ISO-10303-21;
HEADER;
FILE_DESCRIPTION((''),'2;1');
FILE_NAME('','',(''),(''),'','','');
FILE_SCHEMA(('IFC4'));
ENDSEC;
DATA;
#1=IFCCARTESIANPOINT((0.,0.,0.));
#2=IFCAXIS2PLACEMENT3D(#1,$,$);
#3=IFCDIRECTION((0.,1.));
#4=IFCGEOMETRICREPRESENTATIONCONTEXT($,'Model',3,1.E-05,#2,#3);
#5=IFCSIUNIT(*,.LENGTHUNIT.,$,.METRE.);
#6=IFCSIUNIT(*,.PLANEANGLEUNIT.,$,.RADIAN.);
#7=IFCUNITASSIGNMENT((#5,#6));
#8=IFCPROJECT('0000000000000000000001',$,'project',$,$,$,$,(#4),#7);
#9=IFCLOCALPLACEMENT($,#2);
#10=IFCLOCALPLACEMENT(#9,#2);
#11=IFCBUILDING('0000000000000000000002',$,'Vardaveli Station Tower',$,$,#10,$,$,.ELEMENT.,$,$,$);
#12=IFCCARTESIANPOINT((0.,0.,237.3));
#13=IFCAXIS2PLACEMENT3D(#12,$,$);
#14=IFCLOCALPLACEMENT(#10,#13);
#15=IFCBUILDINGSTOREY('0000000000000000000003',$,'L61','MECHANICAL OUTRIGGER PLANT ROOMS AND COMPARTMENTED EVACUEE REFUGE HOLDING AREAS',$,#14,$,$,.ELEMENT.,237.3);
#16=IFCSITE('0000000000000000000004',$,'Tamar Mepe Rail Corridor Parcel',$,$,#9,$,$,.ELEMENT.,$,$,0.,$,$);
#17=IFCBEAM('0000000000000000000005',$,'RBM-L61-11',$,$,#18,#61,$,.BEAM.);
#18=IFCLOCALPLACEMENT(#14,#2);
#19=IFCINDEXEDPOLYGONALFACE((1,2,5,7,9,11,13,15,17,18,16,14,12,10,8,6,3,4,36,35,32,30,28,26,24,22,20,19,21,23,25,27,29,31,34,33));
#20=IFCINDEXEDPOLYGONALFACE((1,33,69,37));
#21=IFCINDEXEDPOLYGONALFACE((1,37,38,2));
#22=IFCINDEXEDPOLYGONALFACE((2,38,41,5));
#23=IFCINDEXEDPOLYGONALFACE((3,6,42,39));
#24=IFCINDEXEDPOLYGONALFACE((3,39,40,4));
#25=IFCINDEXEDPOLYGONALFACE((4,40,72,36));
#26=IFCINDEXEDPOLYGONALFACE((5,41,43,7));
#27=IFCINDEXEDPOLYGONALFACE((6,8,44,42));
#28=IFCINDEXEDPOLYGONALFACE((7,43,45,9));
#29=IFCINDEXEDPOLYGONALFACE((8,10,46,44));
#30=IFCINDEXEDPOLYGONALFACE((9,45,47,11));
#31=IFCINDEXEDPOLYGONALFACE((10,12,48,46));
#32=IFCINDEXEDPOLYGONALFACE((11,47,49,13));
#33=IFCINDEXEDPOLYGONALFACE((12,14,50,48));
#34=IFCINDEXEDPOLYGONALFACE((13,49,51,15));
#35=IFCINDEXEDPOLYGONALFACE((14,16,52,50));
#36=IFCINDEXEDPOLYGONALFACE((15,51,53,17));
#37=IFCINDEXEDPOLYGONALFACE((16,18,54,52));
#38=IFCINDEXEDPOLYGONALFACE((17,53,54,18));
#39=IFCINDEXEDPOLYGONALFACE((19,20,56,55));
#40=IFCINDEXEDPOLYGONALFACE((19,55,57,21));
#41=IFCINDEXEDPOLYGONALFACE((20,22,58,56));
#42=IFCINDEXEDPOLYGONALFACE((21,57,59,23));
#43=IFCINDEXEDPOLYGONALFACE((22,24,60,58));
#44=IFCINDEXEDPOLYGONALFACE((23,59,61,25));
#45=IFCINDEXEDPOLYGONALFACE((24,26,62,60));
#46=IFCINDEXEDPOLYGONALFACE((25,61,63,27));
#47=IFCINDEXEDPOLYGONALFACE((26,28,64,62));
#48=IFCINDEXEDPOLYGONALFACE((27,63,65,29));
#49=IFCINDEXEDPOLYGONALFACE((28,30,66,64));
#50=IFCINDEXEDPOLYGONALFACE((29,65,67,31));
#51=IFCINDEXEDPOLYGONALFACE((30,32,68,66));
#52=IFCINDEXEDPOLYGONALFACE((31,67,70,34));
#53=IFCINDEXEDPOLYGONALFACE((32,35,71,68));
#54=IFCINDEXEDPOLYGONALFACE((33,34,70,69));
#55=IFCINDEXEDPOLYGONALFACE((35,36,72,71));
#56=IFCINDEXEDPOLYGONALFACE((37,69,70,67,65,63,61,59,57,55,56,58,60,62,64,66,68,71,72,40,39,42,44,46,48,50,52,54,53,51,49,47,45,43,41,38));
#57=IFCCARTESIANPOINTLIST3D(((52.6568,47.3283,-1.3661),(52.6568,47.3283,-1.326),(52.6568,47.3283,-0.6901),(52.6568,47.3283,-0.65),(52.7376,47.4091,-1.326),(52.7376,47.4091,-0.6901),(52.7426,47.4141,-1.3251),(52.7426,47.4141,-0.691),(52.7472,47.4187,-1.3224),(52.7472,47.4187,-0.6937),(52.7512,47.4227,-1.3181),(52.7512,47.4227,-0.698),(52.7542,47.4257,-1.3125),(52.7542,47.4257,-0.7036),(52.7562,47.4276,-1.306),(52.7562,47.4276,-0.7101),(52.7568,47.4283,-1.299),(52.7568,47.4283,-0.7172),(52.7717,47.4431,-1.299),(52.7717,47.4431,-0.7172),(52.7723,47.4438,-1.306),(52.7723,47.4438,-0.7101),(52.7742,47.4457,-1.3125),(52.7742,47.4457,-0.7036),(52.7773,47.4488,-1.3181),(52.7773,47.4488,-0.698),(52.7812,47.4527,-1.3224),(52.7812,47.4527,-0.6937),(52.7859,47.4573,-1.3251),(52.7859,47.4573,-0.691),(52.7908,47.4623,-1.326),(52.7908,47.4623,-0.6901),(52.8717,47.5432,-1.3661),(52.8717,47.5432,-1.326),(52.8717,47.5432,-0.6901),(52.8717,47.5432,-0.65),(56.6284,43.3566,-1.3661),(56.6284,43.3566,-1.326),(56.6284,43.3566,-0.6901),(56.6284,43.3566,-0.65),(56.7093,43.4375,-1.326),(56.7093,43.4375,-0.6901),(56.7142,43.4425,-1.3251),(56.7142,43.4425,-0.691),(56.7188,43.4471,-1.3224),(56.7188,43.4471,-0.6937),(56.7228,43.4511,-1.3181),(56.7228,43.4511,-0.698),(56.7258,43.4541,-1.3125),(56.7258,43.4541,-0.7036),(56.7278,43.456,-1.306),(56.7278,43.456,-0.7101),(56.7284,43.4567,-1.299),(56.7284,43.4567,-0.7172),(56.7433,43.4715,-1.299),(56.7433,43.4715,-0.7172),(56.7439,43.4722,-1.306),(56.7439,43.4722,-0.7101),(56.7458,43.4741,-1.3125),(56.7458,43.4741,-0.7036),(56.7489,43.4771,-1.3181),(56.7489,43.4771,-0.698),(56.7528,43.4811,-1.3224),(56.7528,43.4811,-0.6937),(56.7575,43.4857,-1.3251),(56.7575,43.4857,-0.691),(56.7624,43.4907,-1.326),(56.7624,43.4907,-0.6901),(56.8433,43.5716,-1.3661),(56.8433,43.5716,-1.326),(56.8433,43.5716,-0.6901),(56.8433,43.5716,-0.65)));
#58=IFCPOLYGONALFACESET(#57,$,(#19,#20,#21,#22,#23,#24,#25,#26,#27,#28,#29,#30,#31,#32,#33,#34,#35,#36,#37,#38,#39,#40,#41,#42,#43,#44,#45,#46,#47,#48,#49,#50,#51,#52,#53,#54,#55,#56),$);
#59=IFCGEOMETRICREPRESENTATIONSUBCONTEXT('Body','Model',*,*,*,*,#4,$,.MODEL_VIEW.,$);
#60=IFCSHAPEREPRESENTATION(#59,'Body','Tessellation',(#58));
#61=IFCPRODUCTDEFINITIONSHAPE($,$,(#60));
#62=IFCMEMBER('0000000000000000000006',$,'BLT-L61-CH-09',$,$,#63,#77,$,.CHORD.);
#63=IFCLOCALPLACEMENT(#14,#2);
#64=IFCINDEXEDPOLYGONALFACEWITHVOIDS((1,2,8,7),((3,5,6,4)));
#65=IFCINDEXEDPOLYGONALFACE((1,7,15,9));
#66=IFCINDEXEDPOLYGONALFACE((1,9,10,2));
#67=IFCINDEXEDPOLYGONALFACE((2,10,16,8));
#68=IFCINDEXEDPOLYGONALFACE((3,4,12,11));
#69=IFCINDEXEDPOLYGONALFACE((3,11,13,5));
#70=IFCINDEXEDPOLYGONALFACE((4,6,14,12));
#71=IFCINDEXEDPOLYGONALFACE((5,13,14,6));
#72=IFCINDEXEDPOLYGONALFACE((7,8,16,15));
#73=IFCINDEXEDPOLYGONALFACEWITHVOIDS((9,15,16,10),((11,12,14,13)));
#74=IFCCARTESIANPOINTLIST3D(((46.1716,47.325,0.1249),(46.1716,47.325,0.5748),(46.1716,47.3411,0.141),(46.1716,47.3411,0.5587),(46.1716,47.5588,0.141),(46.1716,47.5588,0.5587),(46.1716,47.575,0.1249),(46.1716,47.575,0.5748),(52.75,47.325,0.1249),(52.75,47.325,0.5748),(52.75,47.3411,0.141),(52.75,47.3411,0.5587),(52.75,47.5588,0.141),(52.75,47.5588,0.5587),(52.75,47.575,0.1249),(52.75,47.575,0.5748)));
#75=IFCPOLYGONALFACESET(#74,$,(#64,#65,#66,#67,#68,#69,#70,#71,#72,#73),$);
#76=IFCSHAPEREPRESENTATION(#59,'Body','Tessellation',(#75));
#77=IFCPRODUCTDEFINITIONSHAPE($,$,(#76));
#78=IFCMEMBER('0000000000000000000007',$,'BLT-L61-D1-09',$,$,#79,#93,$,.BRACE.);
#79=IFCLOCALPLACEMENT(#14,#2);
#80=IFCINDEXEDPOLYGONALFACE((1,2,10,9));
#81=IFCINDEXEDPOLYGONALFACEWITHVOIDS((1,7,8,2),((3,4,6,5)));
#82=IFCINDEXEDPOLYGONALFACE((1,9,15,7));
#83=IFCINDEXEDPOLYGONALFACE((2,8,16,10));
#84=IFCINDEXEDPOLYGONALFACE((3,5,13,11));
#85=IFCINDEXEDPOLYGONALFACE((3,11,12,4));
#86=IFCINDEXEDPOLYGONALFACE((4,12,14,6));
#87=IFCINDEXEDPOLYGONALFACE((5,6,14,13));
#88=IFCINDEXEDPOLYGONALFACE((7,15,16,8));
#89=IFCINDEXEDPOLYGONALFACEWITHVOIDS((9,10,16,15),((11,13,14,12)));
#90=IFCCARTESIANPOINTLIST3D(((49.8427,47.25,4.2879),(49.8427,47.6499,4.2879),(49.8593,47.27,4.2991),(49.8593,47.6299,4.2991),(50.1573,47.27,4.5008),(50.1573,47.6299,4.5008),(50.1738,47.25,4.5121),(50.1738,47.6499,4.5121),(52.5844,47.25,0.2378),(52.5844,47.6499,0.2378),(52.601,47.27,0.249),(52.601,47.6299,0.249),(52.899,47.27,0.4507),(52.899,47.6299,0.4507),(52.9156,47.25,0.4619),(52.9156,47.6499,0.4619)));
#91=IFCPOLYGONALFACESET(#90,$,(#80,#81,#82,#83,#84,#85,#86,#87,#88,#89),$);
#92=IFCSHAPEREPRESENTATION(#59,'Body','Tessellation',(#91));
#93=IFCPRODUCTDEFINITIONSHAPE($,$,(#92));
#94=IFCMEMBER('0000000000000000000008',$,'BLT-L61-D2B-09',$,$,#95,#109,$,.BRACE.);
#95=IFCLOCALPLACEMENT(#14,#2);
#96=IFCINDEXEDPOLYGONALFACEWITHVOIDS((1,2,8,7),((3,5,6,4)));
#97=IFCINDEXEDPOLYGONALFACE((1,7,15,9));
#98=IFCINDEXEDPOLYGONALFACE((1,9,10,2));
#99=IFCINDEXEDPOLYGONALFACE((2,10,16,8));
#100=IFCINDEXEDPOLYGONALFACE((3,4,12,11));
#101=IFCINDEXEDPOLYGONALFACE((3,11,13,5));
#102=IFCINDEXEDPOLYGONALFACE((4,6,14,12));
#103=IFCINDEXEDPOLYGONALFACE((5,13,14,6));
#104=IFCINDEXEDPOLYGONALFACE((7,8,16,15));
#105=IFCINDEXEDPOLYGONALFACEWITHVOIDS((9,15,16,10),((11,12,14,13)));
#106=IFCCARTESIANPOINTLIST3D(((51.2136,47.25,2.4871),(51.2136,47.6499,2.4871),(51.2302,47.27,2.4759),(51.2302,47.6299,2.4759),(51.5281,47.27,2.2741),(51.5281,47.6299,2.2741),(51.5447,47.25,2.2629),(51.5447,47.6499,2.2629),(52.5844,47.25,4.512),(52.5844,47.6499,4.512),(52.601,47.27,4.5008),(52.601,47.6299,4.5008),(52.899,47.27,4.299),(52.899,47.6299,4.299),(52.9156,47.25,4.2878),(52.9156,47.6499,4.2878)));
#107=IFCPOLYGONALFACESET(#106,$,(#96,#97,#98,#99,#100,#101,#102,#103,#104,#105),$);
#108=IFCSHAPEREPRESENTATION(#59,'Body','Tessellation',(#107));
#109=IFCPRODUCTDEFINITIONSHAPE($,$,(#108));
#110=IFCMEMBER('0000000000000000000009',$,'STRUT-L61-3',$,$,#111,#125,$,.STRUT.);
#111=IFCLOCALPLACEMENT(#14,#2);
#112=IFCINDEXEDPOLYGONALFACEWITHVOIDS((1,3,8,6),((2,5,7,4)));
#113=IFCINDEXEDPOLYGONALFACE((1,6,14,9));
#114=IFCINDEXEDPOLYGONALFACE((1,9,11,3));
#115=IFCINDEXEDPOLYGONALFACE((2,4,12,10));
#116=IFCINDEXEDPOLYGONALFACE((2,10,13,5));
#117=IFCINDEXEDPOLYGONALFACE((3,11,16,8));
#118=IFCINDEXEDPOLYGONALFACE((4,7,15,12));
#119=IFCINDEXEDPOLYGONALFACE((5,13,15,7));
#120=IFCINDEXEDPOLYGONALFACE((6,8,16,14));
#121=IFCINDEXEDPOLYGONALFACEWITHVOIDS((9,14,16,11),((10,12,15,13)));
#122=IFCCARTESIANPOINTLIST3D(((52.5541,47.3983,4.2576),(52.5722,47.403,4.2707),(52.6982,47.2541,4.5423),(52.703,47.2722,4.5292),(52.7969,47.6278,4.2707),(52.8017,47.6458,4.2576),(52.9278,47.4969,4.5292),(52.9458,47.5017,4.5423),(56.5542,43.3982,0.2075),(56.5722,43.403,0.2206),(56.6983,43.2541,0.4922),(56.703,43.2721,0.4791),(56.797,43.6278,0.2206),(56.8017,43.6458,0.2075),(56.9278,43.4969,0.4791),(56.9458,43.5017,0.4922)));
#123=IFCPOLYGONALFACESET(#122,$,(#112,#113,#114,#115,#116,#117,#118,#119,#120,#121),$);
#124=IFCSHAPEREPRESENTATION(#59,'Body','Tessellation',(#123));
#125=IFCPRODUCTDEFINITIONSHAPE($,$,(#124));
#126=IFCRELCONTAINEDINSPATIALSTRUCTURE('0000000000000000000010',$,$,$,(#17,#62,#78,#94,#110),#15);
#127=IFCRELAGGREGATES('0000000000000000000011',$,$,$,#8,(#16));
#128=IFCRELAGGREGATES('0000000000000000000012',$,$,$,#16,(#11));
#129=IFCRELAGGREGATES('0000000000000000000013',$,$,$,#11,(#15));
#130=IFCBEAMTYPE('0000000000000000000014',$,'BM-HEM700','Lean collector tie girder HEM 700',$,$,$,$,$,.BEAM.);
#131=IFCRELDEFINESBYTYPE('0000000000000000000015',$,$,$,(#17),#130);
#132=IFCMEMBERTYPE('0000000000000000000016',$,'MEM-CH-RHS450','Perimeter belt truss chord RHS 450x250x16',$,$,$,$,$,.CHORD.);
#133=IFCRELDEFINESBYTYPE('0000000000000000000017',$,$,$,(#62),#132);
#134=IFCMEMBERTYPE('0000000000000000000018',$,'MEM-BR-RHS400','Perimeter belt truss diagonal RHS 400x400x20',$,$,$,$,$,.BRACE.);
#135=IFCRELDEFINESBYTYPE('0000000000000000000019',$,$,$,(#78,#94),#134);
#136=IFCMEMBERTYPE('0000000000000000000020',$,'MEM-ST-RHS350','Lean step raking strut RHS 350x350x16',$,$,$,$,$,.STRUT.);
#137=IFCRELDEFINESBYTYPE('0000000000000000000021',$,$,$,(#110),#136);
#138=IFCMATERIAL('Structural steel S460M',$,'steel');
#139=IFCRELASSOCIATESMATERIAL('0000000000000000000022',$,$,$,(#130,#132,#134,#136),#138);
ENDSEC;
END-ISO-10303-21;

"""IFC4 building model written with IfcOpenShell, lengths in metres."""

from ifc_helpers import new_model, si_unit, direction, frame, origin, origin_2d, place, context, subcontext, project, spatial, hollow_rectangle, i_section, extrude, source, transform, mapped, material, material_profile, profile_set, type_object, element, save


model = new_model("IFC4")

# Units and contexts
model_context = context("Model", 3, precision=1e-05, world=origin(), true_north=direction((0.0, 1.0)))
body_context = subcontext(model_context, "Body", "Model", "MODEL_VIEW")
ifc_project = project(units=[si_unit("LENGTHUNIT", "METRE"), si_unit("PLANEANGLEUNIT", "RADIAN")], contexts=[model_context])

# Site, building, storey
site_placement = place(None, origin())
site = spatial("IfcSite", under=ifc_project, at=site_placement, Name="Tamar Mepe Rail Corridor Parcel", CompositionType="ELEMENT", RefElevation=0.0)
building_placement = place(site_placement, origin())
building = spatial("IfcBuilding", under=site, at=building_placement, Name="Vardaveli Station Tower", CompositionType="ELEMENT")
storey_placement = place(building_placement, frame((0.0, 0.0, 237.3)))
storey = spatial("IfcBuildingStorey", under=building, at=storey_placement, Name="L61", Description="MECHANICAL OUTRIGGER PLANT ROOMS AND COMPARTMENTED EVACUEE REFUGE HOLDING AREAS", CompositionType="ELEMENT", Elevation=237.3)

# Shared definitions
ifc_material_1 = material(Name="Structural steel S460M", Category="steel")

# Beam
ifc_material_profile_1 = material_profile(ifc_material_1, i_section(OverallWidth=0.304, OverallDepth=0.7161, WebThickness=0.021, FlangeThickness=0.04, FilletRadius=0.0271, at=origin_2d()), Name="HEM 700")
ifc_profile_set_1 = profile_set([ifc_material_profile_1], Name="Structural steel S460M")
beam_type = type_object("IfcBeamType", Name="BM-HEM700", Description="Lean collector tie girder HEM 700", PredefinedType="BEAM", material=ifc_profile_set_1)
shared_shape_1 = source(origin(), body_context, "Body", "SweptSolid", [
    extrude(i_section(OverallWidth=0.304, OverallDepth=0.7161, WebThickness=0.021, FlangeThickness=0.04, FilletRadius=0.0271, at=origin_2d()), origin(), (0.0, 0.0, 1.0), 5.6167),
])
beam_placement = place(storey_placement, frame((56.7358, 43.4641, -1.0081), z_axis=(-0.707107, 0.707107, 0.0), x_axis=(-0.707107, -0.707107, 0.0)))
element("IfcBeam", 1, at=beam_placement, inside=storey, type_object=beam_type, Name="RBM-L61-11", PredefinedType="BEAM", context=body_context, shape_type="MappedRepresentation", body=[
    mapped(shared_shape_1, transform((0.0, 0.0, 0.0), scale=1.0)),
])

# Members
ifc_material_profile_2 = material_profile(ifc_material_1, hollow_rectangle(XDim=0.25, YDim=0.45, WallThickness=0.0161, at=origin_2d()), Name="RHS 450x250x16")
ifc_profile_set_2 = profile_set([ifc_material_profile_2], Name="Structural steel S460M")
member_type_1 = type_object("IfcMemberType", Name="MEM-CH-RHS450", Description="Perimeter belt truss chord RHS 450x250x16", PredefinedType="CHORD", material=ifc_profile_set_2)
shared_shape_2 = source(origin(), body_context, "Body", "SweptSolid", [
    extrude(hollow_rectangle(XDim=0.25, YDim=0.45, WallThickness=0.0161, at=origin_2d()), origin(), (0.0, 0.0, 1.0), 6.5784),
])
member_1_placement = place(storey_placement, frame((52.75, 47.45, 0.3499), z_axis=(-1.0, 0.0, 0.0), x_axis=(0.0, -1.0, 0.0)))
element("IfcMember", 2, at=member_1_placement, inside=storey, type_object=member_type_1, Name="BLT-L61-CH-09", PredefinedType="CHORD", context=body_context, shape_type="MappedRepresentation", body=[
    mapped(shared_shape_2, transform((0.0, 0.0, 0.0), scale=1.0)),
])
ifc_material_profile_3 = material_profile(ifc_material_1, hollow_rectangle(XDim=0.3999, YDim=0.3999, WallThickness=0.02, at=origin_2d()), Name="RHS 400x400x20")
ifc_profile_set_3 = profile_set([ifc_material_profile_3], Name="Structural steel S460M")
member_type_2 = type_object("IfcMemberType", Name="MEM-BR-RHS400", Description="Perimeter belt truss diagonal RHS 400x400x20", PredefinedType="BRACE", material=ifc_profile_set_3)
shared_shape_3 = source(origin(), body_context, "Body", "SweptSolid", [
    extrude(hollow_rectangle(XDim=0.3999, YDim=0.3999, WallThickness=0.02, at=origin_2d()), origin(), (0.0, 0.0, 1.0), 4.8909),
])
member_2_placement = place(storey_placement, frame((52.75, 47.45, 0.3499), z_axis=(-0.560584, 0.0, 0.828097), x_axis=(0.0, -1.0, 0.0)))
element("IfcMember", 3, at=member_2_placement, inside=storey, type_object=member_type_2, Name="BLT-L61-D1-09", PredefinedType="BRACE", context=body_context, shape_type="MappedRepresentation", body=[
    mapped(shared_shape_3, transform((0.0, 0.0, 0.0), scale=1.0)),
])
shared_shape_4 = source(origin(), body_context, "Body", "SweptSolid", [
    extrude(hollow_rectangle(XDim=0.3999, YDim=0.3999, WallThickness=0.02, at=origin_2d()), origin(), (0.0, 0.0, 1.0), 2.4453),
])
member_3_placement = place(storey_placement, frame((51.3792, 47.45, 2.375), z_axis=(0.560607, 0.0, 0.828082), x_axis=(0.0, 1.0, 0.0)))
element("IfcMember", 4, at=member_3_placement, inside=storey, type_object=member_type_2, Name="BLT-L61-D2B-09", PredefinedType="BRACE", context=body_context, shape_type="MappedRepresentation", body=[
    mapped(shared_shape_4, transform((0.0, 0.0, 0.0), scale=1.0)),
])
ifc_material_profile_4 = material_profile(ifc_material_1, hollow_rectangle(XDim=0.3501, YDim=0.3501, WallThickness=0.0161, at=origin_2d()), Name="RHS 350x350x16")
ifc_profile_set_4 = profile_set([ifc_material_profile_4], Name="Structural steel S460M")
member_type_3 = type_object("IfcMemberType", Name="MEM-ST-RHS350", Description="Lean step raking strut RHS 350x350x16", PredefinedType="STRUT", material=ifc_profile_set_4)
shared_shape_5 = source(origin(), body_context, "Body", "SweptSolid", [
    extrude(hollow_rectangle(XDim=0.3501, YDim=0.3501, WallThickness=0.0161, at=origin_2d()), origin(), (0.0, 0.0, 1.0), 6.9573),
])
member_4_placement = place(storey_placement, frame((56.75, 43.45, 0.3499), z_axis=(-0.574942, 0.574942, 0.582136), x_axis=(-0.707107, -0.707107, 0.0)))
element("IfcMember", 5, at=member_4_placement, inside=storey, type_object=member_type_3, Name="STRUT-L61-3", PredefinedType="STRUT", context=body_context, shape_type="MappedRepresentation", body=[
    mapped(shared_shape_5, transform((0.0, 0.0, 0.0), scale=1.0)),
])

save(model, "model.ifc")
